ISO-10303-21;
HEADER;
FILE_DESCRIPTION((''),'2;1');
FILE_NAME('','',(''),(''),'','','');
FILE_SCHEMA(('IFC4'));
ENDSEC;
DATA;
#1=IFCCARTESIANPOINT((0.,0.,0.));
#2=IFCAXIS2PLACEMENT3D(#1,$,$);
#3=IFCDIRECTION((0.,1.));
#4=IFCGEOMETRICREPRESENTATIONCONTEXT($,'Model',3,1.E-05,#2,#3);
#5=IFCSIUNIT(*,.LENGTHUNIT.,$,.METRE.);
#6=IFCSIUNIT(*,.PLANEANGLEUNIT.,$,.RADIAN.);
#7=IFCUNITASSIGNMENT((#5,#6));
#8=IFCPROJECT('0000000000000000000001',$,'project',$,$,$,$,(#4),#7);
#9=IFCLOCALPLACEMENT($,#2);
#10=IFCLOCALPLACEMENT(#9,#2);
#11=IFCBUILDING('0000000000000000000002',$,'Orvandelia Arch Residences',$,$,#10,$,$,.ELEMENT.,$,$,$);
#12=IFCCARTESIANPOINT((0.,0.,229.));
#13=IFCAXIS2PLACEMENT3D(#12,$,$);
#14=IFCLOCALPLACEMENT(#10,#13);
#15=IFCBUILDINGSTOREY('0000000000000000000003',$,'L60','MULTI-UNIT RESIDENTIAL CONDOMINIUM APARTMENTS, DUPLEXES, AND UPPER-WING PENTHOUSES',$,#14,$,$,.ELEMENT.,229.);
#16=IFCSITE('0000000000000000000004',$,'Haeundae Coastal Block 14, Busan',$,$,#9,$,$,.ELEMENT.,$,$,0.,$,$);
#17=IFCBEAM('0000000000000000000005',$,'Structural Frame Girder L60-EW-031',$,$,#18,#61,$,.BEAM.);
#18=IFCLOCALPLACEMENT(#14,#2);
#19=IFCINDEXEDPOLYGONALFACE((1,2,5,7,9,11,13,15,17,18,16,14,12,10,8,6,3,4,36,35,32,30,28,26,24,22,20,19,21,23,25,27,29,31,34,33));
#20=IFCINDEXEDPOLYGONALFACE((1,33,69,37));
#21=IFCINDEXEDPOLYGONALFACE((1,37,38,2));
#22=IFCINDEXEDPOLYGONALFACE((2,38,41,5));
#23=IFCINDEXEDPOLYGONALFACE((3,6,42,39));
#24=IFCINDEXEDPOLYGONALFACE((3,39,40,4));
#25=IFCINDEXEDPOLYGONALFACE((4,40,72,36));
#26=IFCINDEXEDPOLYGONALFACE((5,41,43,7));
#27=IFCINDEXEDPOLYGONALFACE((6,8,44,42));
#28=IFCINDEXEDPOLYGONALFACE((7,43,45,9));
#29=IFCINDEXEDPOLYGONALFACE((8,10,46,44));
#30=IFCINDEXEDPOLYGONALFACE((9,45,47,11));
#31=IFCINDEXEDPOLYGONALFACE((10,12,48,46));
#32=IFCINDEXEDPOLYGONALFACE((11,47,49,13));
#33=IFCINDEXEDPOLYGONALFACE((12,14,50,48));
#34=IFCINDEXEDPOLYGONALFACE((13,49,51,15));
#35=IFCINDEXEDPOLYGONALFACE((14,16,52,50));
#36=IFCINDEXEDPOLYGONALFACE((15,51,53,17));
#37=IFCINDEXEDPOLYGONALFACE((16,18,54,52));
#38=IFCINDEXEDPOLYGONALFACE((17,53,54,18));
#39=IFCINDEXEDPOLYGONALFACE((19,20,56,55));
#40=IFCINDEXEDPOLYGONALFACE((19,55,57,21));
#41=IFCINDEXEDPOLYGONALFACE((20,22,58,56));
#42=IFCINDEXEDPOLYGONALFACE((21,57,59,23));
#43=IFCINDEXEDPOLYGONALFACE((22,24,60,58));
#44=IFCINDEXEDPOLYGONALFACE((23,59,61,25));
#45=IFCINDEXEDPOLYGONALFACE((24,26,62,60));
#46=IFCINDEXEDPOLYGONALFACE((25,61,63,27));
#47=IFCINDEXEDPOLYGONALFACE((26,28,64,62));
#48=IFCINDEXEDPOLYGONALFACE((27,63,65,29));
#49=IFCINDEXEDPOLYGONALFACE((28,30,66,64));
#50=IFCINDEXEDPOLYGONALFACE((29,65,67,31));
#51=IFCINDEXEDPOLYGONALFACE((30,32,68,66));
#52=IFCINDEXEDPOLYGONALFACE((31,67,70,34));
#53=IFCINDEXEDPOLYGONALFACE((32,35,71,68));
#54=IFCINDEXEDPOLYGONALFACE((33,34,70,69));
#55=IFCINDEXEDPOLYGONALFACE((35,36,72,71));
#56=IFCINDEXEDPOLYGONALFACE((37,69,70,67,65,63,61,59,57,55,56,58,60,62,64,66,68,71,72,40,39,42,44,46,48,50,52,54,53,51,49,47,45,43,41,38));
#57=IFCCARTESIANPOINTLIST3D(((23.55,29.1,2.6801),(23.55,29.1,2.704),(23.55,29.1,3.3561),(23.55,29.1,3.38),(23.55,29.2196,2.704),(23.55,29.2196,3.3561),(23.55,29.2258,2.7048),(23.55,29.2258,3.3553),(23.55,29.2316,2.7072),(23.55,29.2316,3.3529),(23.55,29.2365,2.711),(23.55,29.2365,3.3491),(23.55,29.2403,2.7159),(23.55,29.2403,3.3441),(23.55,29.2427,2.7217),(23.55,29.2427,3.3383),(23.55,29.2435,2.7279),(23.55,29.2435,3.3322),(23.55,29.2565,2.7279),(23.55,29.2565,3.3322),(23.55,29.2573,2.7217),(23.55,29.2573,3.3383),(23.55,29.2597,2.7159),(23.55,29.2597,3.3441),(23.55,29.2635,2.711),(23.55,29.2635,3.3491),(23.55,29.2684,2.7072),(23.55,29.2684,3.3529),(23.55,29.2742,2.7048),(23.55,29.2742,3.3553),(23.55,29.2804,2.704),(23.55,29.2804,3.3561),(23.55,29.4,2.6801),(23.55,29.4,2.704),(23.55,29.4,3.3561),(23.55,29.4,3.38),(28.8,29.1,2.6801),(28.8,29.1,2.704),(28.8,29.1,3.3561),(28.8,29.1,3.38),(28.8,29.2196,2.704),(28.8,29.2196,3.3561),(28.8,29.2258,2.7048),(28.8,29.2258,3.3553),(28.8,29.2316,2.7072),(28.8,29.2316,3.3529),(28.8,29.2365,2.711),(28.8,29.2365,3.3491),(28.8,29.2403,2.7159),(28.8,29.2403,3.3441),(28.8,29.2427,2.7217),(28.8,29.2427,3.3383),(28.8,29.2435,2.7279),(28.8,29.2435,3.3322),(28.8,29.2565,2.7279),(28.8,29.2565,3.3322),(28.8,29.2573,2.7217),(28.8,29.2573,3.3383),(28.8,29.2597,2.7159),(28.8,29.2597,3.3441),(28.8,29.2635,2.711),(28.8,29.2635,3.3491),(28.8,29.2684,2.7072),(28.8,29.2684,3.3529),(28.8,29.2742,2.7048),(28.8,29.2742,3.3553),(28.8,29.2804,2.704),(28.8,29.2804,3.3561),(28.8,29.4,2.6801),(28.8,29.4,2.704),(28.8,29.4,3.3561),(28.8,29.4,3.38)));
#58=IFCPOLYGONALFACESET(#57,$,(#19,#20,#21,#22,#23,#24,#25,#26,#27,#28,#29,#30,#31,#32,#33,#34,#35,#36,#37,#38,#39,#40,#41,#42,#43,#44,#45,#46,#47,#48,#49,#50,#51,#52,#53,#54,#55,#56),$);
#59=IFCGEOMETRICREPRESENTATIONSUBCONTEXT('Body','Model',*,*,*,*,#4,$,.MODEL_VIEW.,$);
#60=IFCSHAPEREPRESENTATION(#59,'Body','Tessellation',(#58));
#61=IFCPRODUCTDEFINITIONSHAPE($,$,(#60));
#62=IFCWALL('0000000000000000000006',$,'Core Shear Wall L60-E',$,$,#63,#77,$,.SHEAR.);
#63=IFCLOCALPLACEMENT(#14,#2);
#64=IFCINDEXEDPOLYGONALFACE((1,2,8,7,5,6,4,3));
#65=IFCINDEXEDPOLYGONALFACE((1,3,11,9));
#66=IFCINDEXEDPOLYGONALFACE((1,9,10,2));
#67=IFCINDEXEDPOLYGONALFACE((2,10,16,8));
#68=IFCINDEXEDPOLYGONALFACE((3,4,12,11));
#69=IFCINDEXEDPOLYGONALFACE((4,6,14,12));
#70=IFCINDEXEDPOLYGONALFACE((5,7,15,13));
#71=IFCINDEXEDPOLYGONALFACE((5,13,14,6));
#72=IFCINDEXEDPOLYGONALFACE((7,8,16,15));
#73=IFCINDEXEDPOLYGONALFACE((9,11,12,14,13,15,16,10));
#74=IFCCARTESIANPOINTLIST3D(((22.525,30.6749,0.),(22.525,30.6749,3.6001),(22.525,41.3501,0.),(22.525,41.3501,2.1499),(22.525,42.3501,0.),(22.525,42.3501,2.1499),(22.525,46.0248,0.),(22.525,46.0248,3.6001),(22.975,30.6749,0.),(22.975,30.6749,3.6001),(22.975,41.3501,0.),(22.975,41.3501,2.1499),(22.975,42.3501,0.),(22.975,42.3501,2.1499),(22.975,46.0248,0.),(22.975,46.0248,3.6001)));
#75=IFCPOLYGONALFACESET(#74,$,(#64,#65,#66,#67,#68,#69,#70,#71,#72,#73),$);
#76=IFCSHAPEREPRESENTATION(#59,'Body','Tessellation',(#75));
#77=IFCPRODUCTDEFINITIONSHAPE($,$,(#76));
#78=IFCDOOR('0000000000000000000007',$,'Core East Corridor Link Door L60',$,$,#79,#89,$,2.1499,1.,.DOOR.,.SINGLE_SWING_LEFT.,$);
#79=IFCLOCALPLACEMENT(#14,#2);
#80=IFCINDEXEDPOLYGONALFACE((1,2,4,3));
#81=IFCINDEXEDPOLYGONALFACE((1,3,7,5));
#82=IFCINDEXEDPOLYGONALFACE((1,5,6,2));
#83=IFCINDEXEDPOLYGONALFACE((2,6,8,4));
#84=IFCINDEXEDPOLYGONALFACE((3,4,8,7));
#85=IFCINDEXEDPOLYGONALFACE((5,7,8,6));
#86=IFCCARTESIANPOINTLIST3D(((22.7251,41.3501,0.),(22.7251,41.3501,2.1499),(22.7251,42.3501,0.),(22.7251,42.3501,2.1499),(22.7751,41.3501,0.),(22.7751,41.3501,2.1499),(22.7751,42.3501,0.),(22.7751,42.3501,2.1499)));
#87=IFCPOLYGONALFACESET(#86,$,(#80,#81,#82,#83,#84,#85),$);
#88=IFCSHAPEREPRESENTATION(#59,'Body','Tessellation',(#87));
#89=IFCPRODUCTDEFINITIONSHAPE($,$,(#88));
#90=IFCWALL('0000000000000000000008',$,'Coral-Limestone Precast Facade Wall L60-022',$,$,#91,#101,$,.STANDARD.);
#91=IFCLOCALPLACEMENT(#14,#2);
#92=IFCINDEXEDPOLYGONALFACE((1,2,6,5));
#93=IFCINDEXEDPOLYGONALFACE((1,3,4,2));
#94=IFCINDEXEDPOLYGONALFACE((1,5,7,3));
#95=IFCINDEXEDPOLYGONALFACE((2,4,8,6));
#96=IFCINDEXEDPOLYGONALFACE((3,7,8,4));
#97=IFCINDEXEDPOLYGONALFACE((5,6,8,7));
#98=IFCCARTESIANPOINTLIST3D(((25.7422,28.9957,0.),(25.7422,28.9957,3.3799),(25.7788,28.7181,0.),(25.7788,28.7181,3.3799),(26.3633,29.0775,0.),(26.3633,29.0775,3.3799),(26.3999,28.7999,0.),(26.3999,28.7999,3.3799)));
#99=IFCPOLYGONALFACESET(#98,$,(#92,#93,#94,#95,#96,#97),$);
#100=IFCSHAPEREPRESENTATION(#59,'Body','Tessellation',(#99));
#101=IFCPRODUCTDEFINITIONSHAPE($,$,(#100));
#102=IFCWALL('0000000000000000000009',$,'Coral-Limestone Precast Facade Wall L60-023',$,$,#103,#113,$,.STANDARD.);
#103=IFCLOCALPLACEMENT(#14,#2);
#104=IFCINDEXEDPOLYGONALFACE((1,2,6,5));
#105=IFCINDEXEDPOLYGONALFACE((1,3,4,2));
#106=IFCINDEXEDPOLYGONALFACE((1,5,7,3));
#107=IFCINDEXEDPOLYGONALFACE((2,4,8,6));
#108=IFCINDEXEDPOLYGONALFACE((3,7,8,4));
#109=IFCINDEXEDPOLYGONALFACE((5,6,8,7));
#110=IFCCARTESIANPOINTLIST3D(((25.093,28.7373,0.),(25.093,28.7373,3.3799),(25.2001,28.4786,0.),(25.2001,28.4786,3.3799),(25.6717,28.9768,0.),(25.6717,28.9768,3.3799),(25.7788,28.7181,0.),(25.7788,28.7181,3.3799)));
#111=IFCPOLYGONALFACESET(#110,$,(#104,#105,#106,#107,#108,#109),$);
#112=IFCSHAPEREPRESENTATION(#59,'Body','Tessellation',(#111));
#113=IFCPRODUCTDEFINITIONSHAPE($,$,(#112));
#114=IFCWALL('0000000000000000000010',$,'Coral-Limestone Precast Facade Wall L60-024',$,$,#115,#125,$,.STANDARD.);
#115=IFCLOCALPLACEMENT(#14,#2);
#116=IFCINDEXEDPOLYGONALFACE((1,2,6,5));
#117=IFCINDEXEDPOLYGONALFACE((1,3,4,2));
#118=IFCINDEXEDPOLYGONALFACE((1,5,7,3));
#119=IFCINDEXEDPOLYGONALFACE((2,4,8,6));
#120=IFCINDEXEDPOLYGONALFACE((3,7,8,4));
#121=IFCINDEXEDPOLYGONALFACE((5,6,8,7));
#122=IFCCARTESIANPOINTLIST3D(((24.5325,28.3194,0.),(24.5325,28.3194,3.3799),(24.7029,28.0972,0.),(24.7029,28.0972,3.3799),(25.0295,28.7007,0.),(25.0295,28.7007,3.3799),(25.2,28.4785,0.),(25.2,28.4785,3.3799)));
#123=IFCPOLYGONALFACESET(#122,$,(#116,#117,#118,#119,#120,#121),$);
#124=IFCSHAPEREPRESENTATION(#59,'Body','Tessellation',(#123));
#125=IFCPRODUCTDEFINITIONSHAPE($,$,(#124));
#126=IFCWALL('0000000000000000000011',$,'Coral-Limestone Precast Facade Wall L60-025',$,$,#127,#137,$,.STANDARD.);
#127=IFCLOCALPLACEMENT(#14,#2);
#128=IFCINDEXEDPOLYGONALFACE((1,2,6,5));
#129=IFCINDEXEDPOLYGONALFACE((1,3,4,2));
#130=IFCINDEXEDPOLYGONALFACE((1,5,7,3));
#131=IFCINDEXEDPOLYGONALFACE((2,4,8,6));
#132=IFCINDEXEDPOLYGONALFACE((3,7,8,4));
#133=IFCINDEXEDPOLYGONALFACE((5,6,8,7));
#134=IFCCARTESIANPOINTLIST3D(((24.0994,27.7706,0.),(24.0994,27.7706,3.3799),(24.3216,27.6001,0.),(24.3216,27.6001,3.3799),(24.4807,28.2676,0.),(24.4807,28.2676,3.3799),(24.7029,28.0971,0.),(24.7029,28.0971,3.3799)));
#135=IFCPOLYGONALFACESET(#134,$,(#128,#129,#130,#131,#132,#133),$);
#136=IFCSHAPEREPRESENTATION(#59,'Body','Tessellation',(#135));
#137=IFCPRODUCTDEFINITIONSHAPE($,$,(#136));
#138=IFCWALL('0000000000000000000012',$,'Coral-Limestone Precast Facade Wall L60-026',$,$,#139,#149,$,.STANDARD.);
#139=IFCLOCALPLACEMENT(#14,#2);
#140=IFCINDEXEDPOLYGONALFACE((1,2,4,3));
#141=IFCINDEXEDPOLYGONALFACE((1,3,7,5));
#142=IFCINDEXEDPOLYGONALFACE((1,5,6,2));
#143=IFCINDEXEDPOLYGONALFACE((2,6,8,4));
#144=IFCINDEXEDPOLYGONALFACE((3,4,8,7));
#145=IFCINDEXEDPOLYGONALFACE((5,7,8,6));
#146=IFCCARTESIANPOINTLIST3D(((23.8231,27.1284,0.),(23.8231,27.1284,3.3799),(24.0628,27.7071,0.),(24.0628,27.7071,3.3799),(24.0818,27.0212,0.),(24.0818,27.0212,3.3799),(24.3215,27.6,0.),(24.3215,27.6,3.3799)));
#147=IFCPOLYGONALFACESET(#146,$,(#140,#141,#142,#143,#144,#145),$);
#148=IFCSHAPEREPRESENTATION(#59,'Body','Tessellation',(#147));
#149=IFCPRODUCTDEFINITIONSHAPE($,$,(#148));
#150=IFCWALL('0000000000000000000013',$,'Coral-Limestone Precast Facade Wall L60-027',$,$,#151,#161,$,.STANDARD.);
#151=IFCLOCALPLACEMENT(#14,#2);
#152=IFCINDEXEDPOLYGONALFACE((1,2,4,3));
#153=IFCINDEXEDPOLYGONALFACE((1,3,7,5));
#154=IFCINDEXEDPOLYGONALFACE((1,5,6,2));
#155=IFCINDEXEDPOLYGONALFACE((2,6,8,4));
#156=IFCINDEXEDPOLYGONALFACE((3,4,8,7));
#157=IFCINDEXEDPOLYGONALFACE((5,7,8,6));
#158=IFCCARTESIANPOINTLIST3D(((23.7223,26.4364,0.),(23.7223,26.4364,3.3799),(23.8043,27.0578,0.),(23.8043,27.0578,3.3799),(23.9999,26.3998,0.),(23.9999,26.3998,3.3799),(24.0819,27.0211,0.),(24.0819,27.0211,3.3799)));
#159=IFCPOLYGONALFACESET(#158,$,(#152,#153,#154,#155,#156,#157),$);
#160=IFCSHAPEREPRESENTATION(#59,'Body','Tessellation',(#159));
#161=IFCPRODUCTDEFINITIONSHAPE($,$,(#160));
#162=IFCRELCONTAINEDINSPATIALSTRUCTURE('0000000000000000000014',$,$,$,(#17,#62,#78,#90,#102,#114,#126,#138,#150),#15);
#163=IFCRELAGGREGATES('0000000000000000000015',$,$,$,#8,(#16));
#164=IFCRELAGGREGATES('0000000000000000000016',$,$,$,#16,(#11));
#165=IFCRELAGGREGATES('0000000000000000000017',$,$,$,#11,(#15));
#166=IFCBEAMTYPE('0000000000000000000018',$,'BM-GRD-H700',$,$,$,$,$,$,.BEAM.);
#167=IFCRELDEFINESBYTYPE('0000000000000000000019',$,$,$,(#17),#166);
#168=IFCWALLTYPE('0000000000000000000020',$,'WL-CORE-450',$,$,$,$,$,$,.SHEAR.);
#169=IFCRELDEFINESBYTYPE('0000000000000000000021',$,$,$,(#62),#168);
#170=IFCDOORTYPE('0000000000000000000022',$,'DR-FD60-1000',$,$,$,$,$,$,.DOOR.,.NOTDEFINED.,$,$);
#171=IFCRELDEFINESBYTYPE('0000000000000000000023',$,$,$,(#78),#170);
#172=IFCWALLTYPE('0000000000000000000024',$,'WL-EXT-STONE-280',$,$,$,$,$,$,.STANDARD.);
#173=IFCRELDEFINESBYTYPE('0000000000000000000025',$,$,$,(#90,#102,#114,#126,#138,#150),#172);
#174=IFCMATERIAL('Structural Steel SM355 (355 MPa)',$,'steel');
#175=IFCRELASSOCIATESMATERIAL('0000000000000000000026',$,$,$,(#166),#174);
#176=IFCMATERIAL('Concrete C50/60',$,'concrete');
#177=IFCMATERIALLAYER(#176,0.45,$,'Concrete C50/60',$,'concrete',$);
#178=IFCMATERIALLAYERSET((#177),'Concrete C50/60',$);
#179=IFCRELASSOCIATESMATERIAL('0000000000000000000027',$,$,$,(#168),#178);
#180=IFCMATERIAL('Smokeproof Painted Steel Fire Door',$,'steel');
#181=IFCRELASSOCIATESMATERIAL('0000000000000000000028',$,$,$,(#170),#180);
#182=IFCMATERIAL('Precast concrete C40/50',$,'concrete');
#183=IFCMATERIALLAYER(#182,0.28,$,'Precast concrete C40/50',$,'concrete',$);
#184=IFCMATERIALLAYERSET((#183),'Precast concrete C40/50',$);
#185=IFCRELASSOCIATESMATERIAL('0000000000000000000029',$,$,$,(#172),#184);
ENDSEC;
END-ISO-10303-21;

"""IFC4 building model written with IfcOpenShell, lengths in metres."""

from ifc_helpers import new_model, si_unit, direction, frame, frame_2d, origin, origin_2d, place, context, subcontext, project, spatial, rectangle, i_section, extrude, material, layer, layer_set, material_profile, profile_set, type_object, element, fill, save


model = new_model("IFC4")

# Units and contexts
model_context = context("Model", 3, precision=1e-05, world=origin(), true_north=direction((0.0, 1.0)))
body_context = subcontext(model_context, "Body", "Model", "MODEL_VIEW")
ifc_project = project(units=[si_unit("LENGTHUNIT", "METRE"), si_unit("PLANEANGLEUNIT", "RADIAN")], contexts=[model_context])

# Site, building, storey
site_placement = place(None, origin())
site = spatial("IfcSite", under=ifc_project, at=site_placement, Name="Haeundae Coastal Block 14, Busan", CompositionType="ELEMENT", RefElevation=0.0)
building_placement = place(site_placement, origin())
building = spatial("IfcBuilding", under=site, at=building_placement, Name="Orvandelia Arch Residences", CompositionType="ELEMENT")
storey_placement = place(building_placement, frame((0.0, 0.0, 229.0)))
storey = spatial("IfcBuildingStorey", under=building, at=storey_placement, Name="L60", Description="MULTI-UNIT RESIDENTIAL CONDOMINIUM APARTMENTS, DUPLEXES, AND UPPER-WING PENTHOUSES", CompositionType="ELEMENT", Elevation=229.0)

# Beam
ifc_material_1 = material(Name="Structural Steel SM355 (355 MPa)", Category="steel")
ifc_material_profile_1 = material_profile(ifc_material_1, i_section(OverallWidth=0.3, OverallDepth=0.7, WebThickness=0.0129, FlangeThickness=0.0239, FilletRadius=0.0239, at=origin_2d()), Name="Structural Steel SM355 (355 MPa)", Category="steel")
ifc_profile_set_1 = profile_set([ifc_material_profile_1], Name="Structural Steel SM355 (355 MPa)")
beam_type = type_object("IfcBeamType", Name="BM-GRD-H700", PredefinedType="BEAM", material=ifc_profile_set_1)
beam_1_placement = place(storey_placement, frame((23.55, 29.25, 3.03), z_axis=(1.0, 0.0, 0.0), x_axis=(0.0, 1.0, 0.0)))
element("IfcBeam", 1, at=beam_1_placement, inside=storey, type_object=beam_type, Name="Structural Frame Girder L60-EW-031", PredefinedType="BEAM", context=body_context, shape_type="SweptSolid", body=[
    extrude(i_section(OverallWidth=0.3, OverallDepth=0.7, WebThickness=0.0129, FlangeThickness=0.0239, FilletRadius=0.0239, at=origin_2d()), origin(), (0.0, 0.0, 1.0), 5.25),
])

# Wall, opening, door
ifc_material_2 = material(Name="Concrete C50/60", Category="concrete")
ifc_layer_1 = layer(ifc_material_2, 0.45, Name="Concrete C50/60", Category="concrete")
ifc_layer_set_1 = layer_set([ifc_layer_1], Name="Concrete C50/60")
wall_type_1 = type_object("IfcWallType", Name="WL-CORE-450", PredefinedType="SHEAR", material=ifc_layer_set_1)
wall_1_placement = place(storey_placement, frame((22.75, 30.675, 0.0), z_axis=(0.0, 0.0, 1.0), x_axis=(0.0, 1.0, 0.0)))
wall_1 = element("IfcWall", 2, at=wall_1_placement, inside=storey, type_object=wall_type_1, Name="Core Shear Wall L60-E", PredefinedType="SHEAR", context=body_context, shape_type="SweptSolid", body=[
    extrude(rectangle(XDim=15.3499, YDim=0.45, at=frame_2d((7.6748, 0.0))), origin(), (0.0, 0.0, 1.0), 3.6001),
])
opening_1_placement = place(wall_1_placement, frame((10.675, 0.0, 0.0)))
opening_1 = element("IfcOpeningElement", 3, at=opening_1_placement, cuts=wall_1, PredefinedType="OPENING", context=body_context, shape_type="SweptSolid", body=[
    extrude(rectangle(XDim=1.0, YDim=2.1499, at=frame_2d((0.5, 1.075))), frame((0.0, 0.2349, 0.0), z_axis=(0.0, -1.0, 0.0), x_axis=(1.0, 0.0, 0.0)), (0.0, 0.0, 1.0), 0.47),
])
ifc_material_3 = material(Name="Smokeproof Painted Steel Fire Door", Category="steel")
door_type = type_object("IfcDoorType", Name="DR-FD60-1000", OperationType="NOTDEFINED", PredefinedType="DOOR", material=ifc_material_3)
door_placement = place(opening_1_placement, origin())
door = element("IfcDoor", 4, at=door_placement, inside=storey, type_object=door_type, Name="Core East Corridor Link Door L60", OperationType="SINGLE_SWING_LEFT", OverallHeight=2.1499, OverallWidth=1.0, PredefinedType="DOOR", context=body_context, shape_type="SweptSolid", body=[
    extrude(rectangle(XDim=1.0, YDim=2.1499, at=frame_2d((0.5, 1.075))), frame((0.0, 0.0249, 0.0), z_axis=(0.0, -1.0, 0.0), x_axis=(1.0, 0.0, 0.0)), (0.0, 0.0, 1.0), 0.05),
])
fill(opening_1, door)

# Walls
ifc_material_4 = material(Name="Precast concrete C40/50", Category="concrete")
ifc_layer_2 = layer(ifc_material_4, 0.28, Name="Precast concrete C40/50", Category="concrete")
ifc_layer_set_2 = layer_set([ifc_layer_2], Name="Precast concrete C40/50")
wall_type_2 = type_object("IfcWallType", Name="WL-EXT-STONE-280", PredefinedType="STANDARD", material=ifc_layer_set_2)
wall_2_placement = place(storey_placement, frame((26.3816, 28.9387, 0.0), z_axis=(0.0, 0.0, 1.0), x_axis=(-0.991441, -0.130555, 0.0)))
element("IfcWall", 5, at=wall_2_placement, inside=storey, type_object=wall_type_2, Name="Coral-Limestone Precast Facade Wall L60-022", PredefinedType="STANDARD", context=body_context, shape_type="SweptSolid", body=[
    extrude(rectangle(XDim=0.6265, YDim=0.28, at=frame_2d((0.3132, 0.0))), origin(), (0.0, 0.0, 1.0), 3.3799),
])
wall_3_placement = place(storey_placement, frame((25.7251, 28.8474, 0.0), z_axis=(0.0, 0.0, 1.0), x_axis=(-0.923974, -0.382455, 0.0)))
element("IfcWall", 6, at=wall_3_placement, inside=storey, type_object=wall_type_2, Name="Coral-Limestone Precast Facade Wall L60-023", PredefinedType="STANDARD", context=body_context, shape_type="SweptSolid", body=[
    extrude(rectangle(XDim=0.6262, YDim=0.28, at=frame_2d((0.313, 0.0))), origin(), (0.0, 0.0, 1.0), 3.3799),
])
for number, where, z_axis, x_axis, name in (
    (7, (25.1147, 28.5896, 0.0), (0.0, 0.0, 1.0), (-0.793406, -0.608693, 0.0), "Coral-Limestone Precast Facade Wall L60-024"),
    (8, (24.5918, 28.1824, 0.0), (0.0, 0.0, 1.0), (-0.608693, -0.793406, 0.0), "Coral-Limestone Precast Facade Wall L60-025"),
    (9, (24.1921, 27.6536, 0.0), (0.0, 0.0, 1.0), (-0.38265, -0.923893, 0.0), "Coral-Limestone Precast Facade Wall L60-026"),
):
    element("IfcWall", number, at=place(storey_placement, frame(where, z_axis=z_axis, x_axis=x_axis)), inside=storey, type_object=wall_type_2, Name=name, PredefinedType="STANDARD", context=body_context, shape_type="SweptSolid", body=[
        extrude(rectangle(XDim=0.6265, YDim=0.28, at=frame_2d((0.3132, 0.0))), origin(), (0.0, 0.0, 1.0), 3.3799),
    ])
wall_4_placement = place(storey_placement, frame((23.9431, 27.0396, 0.0), z_axis=(0.0, 0.0, 1.0), x_axis=(-0.130888, -0.991397, 0.0)))
element("IfcWall", 10, at=wall_4_placement, inside=storey, type_object=wall_type_2, Name="Coral-Limestone Precast Facade Wall L60-027", PredefinedType="STANDARD", context=body_context, shape_type="SweptSolid", body=[
    extrude(rectangle(XDim=0.6267, YDim=0.28, at=frame_2d((0.3135, 0.0))), origin(), (0.0, 0.0, 1.0), 3.3799),
])

save(model, "model.ifc")
